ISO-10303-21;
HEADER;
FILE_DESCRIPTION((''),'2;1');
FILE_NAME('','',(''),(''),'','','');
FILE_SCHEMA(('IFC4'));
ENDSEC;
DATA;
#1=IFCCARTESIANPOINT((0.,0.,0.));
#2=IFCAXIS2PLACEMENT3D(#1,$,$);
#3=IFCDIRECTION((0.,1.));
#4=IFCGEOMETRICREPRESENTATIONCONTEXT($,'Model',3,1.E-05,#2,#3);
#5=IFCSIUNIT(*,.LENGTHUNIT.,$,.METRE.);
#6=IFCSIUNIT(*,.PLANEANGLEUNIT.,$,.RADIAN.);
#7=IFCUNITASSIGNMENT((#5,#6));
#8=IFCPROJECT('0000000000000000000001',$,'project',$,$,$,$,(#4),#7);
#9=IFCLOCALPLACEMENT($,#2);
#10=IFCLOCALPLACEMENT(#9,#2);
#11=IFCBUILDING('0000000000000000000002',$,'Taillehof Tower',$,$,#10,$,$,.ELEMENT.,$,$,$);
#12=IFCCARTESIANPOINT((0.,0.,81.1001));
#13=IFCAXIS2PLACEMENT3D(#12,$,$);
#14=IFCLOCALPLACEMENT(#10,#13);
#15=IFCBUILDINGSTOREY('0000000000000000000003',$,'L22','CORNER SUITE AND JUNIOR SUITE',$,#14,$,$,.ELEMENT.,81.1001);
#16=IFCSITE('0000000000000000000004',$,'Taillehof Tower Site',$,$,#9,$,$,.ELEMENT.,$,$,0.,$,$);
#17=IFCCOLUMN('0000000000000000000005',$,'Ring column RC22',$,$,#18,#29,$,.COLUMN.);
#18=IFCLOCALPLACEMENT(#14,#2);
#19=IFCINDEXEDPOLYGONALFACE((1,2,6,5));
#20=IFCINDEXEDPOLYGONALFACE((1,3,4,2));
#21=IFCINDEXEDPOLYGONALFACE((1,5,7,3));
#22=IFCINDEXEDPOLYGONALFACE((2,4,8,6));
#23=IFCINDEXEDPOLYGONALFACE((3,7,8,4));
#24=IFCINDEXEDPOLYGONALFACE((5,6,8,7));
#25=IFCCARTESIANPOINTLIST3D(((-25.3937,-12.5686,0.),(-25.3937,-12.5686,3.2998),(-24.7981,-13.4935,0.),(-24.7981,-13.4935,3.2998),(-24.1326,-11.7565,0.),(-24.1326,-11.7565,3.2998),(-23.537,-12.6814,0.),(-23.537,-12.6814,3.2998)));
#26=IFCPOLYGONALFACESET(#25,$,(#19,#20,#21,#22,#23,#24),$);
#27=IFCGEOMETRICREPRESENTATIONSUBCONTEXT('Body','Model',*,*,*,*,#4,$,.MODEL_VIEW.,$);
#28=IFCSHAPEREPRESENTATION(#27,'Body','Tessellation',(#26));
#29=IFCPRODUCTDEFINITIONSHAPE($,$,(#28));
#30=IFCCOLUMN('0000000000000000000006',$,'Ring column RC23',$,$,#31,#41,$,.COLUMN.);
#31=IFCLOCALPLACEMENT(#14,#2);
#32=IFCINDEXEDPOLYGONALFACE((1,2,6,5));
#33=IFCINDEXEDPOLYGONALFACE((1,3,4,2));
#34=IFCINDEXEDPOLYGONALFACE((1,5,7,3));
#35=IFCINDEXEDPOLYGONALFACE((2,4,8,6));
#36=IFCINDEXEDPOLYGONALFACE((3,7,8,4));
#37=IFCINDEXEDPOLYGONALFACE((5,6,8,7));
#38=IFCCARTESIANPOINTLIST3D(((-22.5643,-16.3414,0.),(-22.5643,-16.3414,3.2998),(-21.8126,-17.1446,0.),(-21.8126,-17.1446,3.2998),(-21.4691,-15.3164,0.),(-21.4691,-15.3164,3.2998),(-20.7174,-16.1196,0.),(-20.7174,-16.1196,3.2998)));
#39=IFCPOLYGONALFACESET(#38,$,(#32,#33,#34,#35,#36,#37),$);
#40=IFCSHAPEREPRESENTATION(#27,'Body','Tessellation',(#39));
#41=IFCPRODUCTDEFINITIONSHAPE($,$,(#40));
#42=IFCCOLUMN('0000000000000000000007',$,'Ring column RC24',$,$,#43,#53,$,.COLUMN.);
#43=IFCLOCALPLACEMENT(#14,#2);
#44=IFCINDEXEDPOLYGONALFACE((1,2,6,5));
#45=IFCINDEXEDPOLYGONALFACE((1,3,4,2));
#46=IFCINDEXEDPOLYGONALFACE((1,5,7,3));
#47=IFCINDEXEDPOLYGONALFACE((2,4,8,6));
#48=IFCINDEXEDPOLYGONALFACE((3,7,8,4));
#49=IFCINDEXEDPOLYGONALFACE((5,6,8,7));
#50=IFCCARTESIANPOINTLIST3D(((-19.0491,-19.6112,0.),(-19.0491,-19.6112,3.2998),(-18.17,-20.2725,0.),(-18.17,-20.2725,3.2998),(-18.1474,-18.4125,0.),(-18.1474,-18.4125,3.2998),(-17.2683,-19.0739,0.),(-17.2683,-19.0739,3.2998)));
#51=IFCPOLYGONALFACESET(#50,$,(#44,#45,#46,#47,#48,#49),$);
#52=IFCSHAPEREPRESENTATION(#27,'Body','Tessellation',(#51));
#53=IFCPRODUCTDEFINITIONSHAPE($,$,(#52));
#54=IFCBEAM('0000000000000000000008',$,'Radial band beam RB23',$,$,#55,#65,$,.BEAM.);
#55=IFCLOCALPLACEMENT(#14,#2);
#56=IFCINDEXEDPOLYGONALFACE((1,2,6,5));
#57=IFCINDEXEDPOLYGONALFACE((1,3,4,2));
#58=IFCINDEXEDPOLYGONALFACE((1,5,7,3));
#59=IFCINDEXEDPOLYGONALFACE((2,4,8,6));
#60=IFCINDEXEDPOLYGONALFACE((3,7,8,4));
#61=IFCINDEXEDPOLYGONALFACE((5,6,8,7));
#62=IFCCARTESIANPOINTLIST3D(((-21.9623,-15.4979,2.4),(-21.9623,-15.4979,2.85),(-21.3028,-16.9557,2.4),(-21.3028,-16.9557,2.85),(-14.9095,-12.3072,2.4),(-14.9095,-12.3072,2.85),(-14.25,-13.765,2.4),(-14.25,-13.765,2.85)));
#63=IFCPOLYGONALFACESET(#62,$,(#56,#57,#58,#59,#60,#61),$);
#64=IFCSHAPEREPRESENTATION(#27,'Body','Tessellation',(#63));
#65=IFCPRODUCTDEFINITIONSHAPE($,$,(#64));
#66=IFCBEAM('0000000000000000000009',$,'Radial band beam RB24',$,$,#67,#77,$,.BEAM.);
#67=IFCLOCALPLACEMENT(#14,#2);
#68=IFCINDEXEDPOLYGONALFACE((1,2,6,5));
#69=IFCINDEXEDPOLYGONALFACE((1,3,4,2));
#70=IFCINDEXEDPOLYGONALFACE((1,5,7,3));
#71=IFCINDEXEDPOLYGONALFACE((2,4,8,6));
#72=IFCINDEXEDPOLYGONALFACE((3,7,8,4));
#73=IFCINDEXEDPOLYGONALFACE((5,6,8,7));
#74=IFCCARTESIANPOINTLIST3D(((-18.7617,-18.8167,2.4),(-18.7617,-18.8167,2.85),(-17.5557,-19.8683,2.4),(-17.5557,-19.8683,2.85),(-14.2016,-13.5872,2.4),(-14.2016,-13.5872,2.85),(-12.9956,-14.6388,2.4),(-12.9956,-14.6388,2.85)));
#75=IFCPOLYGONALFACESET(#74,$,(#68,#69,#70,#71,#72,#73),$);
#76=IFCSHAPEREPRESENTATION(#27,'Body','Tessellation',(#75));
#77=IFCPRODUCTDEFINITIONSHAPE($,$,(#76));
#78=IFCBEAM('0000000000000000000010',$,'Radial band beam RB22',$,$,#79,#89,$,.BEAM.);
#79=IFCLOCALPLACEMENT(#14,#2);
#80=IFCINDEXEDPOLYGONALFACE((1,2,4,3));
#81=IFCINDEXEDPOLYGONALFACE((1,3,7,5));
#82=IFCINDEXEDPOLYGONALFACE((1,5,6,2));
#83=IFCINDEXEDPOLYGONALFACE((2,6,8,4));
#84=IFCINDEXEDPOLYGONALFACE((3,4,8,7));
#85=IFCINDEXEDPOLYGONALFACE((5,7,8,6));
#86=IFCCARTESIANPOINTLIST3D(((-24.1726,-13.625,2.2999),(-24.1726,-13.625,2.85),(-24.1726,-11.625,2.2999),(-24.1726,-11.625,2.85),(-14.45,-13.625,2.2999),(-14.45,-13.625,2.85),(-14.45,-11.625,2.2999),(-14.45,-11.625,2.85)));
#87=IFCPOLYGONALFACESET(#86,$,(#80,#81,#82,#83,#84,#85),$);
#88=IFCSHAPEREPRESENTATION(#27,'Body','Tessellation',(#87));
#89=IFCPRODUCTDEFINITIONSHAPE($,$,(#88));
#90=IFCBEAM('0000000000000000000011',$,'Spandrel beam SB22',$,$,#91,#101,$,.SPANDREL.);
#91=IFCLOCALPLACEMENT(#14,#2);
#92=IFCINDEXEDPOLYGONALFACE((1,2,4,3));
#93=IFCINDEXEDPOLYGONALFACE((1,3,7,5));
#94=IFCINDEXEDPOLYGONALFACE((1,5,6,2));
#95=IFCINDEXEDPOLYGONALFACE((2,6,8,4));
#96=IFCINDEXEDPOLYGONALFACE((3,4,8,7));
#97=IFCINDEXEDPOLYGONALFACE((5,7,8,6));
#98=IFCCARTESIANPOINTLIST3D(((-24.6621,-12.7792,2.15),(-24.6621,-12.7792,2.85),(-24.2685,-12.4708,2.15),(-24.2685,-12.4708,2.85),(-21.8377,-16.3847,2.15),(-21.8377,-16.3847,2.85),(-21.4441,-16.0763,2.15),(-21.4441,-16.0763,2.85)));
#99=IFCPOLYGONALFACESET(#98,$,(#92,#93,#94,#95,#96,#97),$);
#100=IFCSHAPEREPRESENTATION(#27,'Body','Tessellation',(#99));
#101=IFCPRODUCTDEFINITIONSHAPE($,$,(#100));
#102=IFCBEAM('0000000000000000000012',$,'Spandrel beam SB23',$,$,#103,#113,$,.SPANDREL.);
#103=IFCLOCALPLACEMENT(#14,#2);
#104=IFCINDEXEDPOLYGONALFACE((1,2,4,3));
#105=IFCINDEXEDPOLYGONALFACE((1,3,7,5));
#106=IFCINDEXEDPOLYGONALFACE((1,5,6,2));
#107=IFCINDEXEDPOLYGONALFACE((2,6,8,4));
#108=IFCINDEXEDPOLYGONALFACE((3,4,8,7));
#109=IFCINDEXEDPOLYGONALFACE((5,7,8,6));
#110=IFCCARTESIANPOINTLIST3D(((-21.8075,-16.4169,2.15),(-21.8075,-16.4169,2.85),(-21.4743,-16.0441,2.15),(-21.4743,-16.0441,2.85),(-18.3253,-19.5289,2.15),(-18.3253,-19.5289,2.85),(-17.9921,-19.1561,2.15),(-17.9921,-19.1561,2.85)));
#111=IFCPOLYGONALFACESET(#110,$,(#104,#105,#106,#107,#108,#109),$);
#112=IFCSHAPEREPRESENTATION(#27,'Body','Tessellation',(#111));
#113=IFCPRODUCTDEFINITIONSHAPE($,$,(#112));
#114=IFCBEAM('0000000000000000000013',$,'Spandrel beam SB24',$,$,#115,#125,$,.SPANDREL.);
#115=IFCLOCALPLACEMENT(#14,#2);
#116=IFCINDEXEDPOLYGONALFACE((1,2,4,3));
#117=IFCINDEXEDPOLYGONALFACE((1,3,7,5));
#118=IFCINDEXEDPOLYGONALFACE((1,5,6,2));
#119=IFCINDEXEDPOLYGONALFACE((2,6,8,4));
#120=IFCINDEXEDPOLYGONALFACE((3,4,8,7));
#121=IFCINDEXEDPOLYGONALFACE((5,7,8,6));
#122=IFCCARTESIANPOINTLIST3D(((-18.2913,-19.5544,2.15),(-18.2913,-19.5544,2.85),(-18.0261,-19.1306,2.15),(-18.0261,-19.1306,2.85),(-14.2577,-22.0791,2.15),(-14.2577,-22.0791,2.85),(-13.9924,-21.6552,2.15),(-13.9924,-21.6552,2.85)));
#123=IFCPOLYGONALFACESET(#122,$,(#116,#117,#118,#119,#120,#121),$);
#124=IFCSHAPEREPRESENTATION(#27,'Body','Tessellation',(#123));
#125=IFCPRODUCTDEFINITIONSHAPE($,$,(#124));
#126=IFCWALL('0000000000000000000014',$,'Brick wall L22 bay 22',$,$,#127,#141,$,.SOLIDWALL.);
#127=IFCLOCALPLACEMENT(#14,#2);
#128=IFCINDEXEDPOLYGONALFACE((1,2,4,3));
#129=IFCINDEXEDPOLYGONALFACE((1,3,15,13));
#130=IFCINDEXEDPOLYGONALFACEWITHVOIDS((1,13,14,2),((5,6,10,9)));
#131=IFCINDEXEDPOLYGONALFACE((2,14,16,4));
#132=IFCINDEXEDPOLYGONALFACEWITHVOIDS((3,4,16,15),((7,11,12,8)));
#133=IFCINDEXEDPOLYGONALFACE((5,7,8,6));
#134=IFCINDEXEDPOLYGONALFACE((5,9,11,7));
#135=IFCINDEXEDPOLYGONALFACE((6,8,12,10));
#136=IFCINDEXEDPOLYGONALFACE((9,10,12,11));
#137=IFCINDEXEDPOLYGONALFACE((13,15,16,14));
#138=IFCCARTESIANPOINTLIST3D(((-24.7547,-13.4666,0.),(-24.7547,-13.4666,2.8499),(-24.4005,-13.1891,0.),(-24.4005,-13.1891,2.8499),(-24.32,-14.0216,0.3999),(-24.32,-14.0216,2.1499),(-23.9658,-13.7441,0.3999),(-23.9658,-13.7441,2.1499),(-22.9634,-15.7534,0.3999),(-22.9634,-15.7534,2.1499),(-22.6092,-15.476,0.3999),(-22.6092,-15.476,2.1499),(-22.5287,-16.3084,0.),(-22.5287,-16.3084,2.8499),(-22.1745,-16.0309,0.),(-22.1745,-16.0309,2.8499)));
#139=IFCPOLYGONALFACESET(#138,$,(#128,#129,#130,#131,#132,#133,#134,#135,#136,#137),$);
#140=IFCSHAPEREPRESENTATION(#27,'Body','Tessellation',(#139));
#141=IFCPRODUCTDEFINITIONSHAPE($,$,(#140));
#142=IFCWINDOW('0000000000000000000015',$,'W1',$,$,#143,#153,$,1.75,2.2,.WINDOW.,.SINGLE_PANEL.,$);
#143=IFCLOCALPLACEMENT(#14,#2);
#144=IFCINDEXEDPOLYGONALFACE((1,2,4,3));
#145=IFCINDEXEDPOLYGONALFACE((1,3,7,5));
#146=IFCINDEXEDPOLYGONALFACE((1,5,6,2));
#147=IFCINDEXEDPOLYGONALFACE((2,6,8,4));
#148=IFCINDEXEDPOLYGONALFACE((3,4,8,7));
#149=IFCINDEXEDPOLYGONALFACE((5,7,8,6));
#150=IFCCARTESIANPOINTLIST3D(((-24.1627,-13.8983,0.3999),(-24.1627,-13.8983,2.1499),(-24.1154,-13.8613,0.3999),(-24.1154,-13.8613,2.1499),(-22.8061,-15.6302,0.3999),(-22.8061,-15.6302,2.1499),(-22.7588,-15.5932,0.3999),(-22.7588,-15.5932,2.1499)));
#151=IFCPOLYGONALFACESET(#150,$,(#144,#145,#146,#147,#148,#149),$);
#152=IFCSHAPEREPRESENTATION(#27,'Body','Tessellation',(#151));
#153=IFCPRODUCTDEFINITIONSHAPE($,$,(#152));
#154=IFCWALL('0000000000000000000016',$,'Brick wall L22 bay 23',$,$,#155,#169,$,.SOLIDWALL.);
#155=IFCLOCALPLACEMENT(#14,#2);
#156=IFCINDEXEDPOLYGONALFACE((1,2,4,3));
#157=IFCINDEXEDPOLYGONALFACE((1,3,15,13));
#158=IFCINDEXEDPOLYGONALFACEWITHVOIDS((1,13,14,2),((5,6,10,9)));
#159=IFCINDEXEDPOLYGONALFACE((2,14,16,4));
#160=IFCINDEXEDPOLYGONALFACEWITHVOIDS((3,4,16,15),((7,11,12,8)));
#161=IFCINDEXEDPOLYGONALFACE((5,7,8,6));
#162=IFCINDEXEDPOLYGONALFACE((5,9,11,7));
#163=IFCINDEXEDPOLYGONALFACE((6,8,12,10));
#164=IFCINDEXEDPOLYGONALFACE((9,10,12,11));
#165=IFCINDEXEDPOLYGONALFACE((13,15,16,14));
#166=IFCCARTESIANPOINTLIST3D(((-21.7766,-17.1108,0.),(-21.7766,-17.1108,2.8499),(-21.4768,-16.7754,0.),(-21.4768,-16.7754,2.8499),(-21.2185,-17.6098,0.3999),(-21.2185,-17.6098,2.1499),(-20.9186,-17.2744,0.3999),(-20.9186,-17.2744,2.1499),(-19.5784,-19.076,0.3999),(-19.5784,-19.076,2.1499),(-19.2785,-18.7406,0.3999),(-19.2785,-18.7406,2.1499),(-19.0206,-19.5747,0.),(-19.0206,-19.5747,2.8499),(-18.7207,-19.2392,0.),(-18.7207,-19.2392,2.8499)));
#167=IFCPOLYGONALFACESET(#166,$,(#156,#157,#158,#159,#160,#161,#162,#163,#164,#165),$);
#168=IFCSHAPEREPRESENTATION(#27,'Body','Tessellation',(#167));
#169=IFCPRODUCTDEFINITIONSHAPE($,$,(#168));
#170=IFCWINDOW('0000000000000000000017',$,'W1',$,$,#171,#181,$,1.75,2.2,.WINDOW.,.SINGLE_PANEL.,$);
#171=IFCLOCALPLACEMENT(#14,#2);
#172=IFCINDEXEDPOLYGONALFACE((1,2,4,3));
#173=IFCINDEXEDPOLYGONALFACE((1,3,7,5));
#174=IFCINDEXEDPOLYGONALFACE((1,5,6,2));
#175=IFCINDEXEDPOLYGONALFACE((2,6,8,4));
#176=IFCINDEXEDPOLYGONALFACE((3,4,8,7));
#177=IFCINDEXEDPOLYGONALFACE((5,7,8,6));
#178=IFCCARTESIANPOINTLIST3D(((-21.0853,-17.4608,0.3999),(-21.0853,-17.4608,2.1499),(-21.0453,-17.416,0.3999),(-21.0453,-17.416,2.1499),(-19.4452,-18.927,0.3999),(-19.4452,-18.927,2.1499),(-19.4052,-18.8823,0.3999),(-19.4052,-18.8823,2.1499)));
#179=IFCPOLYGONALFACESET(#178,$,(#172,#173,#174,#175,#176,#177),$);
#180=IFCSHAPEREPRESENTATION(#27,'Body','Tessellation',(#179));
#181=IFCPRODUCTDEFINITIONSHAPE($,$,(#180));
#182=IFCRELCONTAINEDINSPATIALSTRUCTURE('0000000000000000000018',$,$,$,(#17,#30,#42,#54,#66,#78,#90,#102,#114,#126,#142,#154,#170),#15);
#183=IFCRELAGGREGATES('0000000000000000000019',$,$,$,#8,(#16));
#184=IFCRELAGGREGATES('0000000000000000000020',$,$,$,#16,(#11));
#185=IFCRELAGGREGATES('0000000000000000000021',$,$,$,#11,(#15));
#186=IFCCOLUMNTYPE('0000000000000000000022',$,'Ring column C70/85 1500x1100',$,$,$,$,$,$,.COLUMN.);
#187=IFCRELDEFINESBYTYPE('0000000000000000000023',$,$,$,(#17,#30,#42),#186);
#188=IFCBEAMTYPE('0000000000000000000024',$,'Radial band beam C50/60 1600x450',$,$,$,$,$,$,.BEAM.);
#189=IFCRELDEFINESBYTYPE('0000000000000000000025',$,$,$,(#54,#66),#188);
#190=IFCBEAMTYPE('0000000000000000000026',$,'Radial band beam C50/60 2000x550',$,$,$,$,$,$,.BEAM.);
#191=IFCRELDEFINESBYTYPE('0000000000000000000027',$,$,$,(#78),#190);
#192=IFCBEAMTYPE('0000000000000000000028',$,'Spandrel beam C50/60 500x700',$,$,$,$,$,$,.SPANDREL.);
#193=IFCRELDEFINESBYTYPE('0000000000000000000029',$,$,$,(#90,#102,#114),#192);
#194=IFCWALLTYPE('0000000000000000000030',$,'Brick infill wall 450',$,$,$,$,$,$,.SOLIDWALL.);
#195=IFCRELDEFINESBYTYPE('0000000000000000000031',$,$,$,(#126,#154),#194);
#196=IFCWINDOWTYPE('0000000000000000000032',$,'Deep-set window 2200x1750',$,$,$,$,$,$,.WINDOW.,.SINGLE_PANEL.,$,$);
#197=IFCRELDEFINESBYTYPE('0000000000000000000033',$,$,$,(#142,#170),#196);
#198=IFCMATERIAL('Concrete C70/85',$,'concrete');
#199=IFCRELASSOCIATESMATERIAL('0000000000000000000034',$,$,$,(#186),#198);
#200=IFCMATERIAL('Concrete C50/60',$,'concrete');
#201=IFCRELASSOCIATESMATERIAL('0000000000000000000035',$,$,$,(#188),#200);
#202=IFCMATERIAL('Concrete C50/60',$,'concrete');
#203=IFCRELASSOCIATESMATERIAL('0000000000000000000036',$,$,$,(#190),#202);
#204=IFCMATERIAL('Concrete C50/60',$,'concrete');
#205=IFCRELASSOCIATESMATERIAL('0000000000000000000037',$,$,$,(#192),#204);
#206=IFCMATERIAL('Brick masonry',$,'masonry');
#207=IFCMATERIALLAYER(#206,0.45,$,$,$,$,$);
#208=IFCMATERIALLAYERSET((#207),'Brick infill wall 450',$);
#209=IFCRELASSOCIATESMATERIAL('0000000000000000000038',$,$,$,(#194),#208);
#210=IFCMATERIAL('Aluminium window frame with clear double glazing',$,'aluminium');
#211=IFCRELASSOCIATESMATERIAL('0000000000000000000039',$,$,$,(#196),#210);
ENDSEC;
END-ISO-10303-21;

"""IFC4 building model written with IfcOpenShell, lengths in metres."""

from ifc_helpers import new_model, si_unit, direction, frame, frame_2d, origin, origin_2d, place, context, subcontext, project, spatial, rectangle, extrude, material, layer, layer_set, material_profile, profile_set, type_object, element, fill, save


model = new_model("IFC4")

# Units and contexts
model_context = context("Model", 3, precision=1e-05, world=origin(), true_north=direction((0.0, 1.0)))
body_context = subcontext(model_context, "Body", "Model", "MODEL_VIEW")
ifc_project = project(units=[si_unit("LENGTHUNIT", "METRE"), si_unit("PLANEANGLEUNIT", "RADIAN")], contexts=[model_context])

# Site, building, storey
site_placement = place(None, origin())
site = spatial("IfcSite", under=ifc_project, at=site_placement, Name="Taillehof Tower Site", CompositionType="ELEMENT", RefElevation=0.0)
building_placement = place(site_placement, origin())
building = spatial("IfcBuilding", under=site, at=building_placement, Name="Taillehof Tower", CompositionType="ELEMENT")
storey_placement = place(building_placement, frame((0.0, 0.0, 81.1001)))
storey = spatial("IfcBuildingStorey", under=building, at=storey_placement, Name="L22", Description="CORNER SUITE AND JUNIOR SUITE", CompositionType="ELEMENT", Elevation=81.1001)

# Columns
ifc_material_1 = material(Name="Concrete C70/85", Category="concrete")
ifc_material_profile_1 = material_profile(ifc_material_1, rectangle(XDim=1.5, YDim=1.1001, at=origin_2d()), Name="RC 1500x1100")
ifc_profile_set_1 = profile_set([ifc_material_profile_1], Name="Concrete C70/85")
column_type = type_object("IfcColumnType", Name="Ring column C70/85 1500x1100", PredefinedType="COLUMN", material=ifc_profile_set_1)
for number, where, z_axis, x_axis, name in (
    (1, (-24.4653, -12.625, 0.0), (0.0, 0.0, 1.0), (-0.840754, -0.541418, 0.0), "Ring column RC22"),
    (2, (-21.6409, -16.2305, 0.0), (0.0, 0.0, 1.0), (-0.730113, -0.683326, 0.0), "Ring column RC23"),
    (3, (-18.1587, -19.3425, 0.0), (0.0, 0.0, 1.0), (-0.601174, -0.799118, 0.0), "Ring column RC24"),
):
    element("IfcColumn", number, at=place(storey_placement, frame(where, z_axis=z_axis, x_axis=x_axis)), inside=storey, type_object=column_type, Name=name, PredefinedType="COLUMN", context=body_context, shape_type="SweptSolid", body=[
        extrude(rectangle(XDim=1.5, YDim=1.1001, at=origin_2d()), origin(), (0.0, 0.0, 1.0), 3.2998),
    ])

# Beams
ifc_material_2 = material(Name="Concrete C50/60", Category="concrete")
ifc_material_profile_2 = material_profile(ifc_material_2, rectangle(XDim=1.6001, YDim=0.45, at=origin_2d()), Name="RC 1600x450")
ifc_profile_set_2 = profile_set([ifc_material_profile_2], Name="Concrete C50/60")
beam_type_1 = type_object("IfcBeamType", Name="Radial band beam C50/60 1600x450", PredefinedType="BEAM", material=ifc_profile_set_2)
beam_1_placement = place(storey_placement, frame((-21.6326, -16.2268, 2.625), z_axis=(0.911101, 0.412184, 0.0), x_axis=(-0.412184, 0.911101, 0.0)))
element("IfcBeam", 4, at=beam_1_placement, inside=storey, type_object=beam_type_1, Name="Radial band beam RB23", PredefinedType="BEAM", context=body_context, shape_type="SweptSolid", body=[
    extrude(rectangle(XDim=1.6001, YDim=0.45, at=origin_2d()), origin(), (0.0, 0.0, 1.0), 7.741),
])
beam_2_placement = place(storey_placement, frame((-18.1587, -19.3425, 2.625), z_axis=(0.657218, 0.7537, 0.0), x_axis=(-0.7537, 0.657218, 0.0)))
element("IfcBeam", 5, at=beam_2_placement, inside=storey, type_object=beam_type_1, Name="Radial band beam RB24", PredefinedType="BEAM", context=body_context, shape_type="SweptSolid", body=[
    extrude(rectangle(XDim=1.6001, YDim=0.45, at=origin_2d()), origin(), (0.0, 0.0, 1.0), 6.9385),
])
ifc_material_3 = material(Name="Concrete C50/60", Category="concrete")
ifc_material_profile_3 = material_profile(ifc_material_3, rectangle(XDim=2.0, YDim=0.55, at=origin_2d()), Name="RC 2000x550")
ifc_profile_set_3 = profile_set([ifc_material_profile_3], Name="Concrete C50/60")
beam_type_2 = type_object("IfcBeamType", Name="Radial band beam C50/60 2000x550", PredefinedType="BEAM", material=ifc_profile_set_3)
beam_3_placement = place(storey_placement, frame((-24.1726, -12.625, 2.575), z_axis=(1.0, 0.0, 0.0), x_axis=(0.0, 1.0, 0.0)))
element("IfcBeam", 6, at=beam_3_placement, inside=storey, type_object=beam_type_2, Name="Radial band beam RB22", PredefinedType="BEAM", context=body_context, shape_type="SweptSolid", body=[
    extrude(rectangle(XDim=2.0, YDim=0.55, at=origin_2d()), origin(), (0.0, 0.0, 1.0), 9.7227),
])
ifc_material_4 = material(Name="Concrete C50/60", Category="concrete")
ifc_material_profile_4 = material_profile(ifc_material_4, rectangle(XDim=0.5, YDim=0.7, at=origin_2d()), Name="RC 500x700")
ifc_profile_set_4 = profile_set([ifc_material_profile_4], Name="Concrete C50/60")
beam_type_3 = type_object("IfcBeamType", Name="Spandrel beam C50/60 500x700", PredefinedType="SPANDREL", material=ifc_profile_set_4)
beam_4_placement = place(storey_placement, frame((-24.4653, -12.625, 2.5), z_axis=(0.616686, -0.787209, 0.0), x_axis=(0.787209, 0.616686, 0.0)))
element("IfcBeam", 7, at=beam_4_placement, inside=storey, type_object=beam_type_3, Name="Spandrel beam SB22", PredefinedType="SPANDREL", context=body_context, shape_type="SweptSolid", body=[
    extrude(rectangle(XDim=0.5, YDim=0.7, at=origin_2d()), origin(), (0.0, 0.0, 1.0), 4.5801),
])
beam_5_placement = place(storey_placement, frame((-21.6409, -16.2305, 2.5), z_axis=(0.745621, -0.66637, 0.0), x_axis=(0.66637, 0.745621, 0.0)))
element("IfcBeam", 8, at=beam_5_placement, inside=storey, type_object=beam_type_3, Name="Spandrel beam SB23", PredefinedType="SPANDREL", context=body_context, shape_type="SweptSolid", body=[
    extrude(rectangle(XDim=0.5, YDim=0.7, at=origin_2d()), origin(), (0.0, 0.0, 1.0), 4.6702),
])
beam_6_placement = place(storey_placement, frame((-18.1587, -19.3425, 2.5), z_axis=(0.847658, -0.530543, 0.0), x_axis=(0.530543, 0.847658, 0.0)))
element("IfcBeam", 9, at=beam_6_placement, inside=storey, type_object=beam_type_3, Name="Spandrel beam SB24", PredefinedType="SPANDREL", context=body_context, shape_type="SweptSolid", body=[
    extrude(rectangle(XDim=0.5, YDim=0.7, at=origin_2d()), origin(), (0.0, 0.0, 1.0), 4.7585),
])

# Walls, openings, windows
ifc_material_5 = material(Name="Brick masonry", Category="masonry")
ifc_layer_1 = layer(ifc_material_5, 0.45)
ifc_layer_set_1 = layer_set([ifc_layer_1], Name="Brick infill wall 450")
wall_type_1 = type_object("IfcWallType", Name="Brick infill wall 450", PredefinedType="SOLIDWALL", material=ifc_layer_set_1)
wall_1_placement = place(storey_placement, frame((-24.5776, -13.3279, 0.0), z_axis=(0.0, 0.0, 1.0), x_axis=(0.616662, -0.787228, 0.0)))
wall_1 = element("IfcWall", 10, at=wall_1_placement, inside=storey, type_object=wall_type_1, Name="Brick wall L22 bay 22", PredefinedType="SOLIDWALL", context=body_context, shape_type="SweptSolid", body=[
    extrude(rectangle(XDim=3.6099, YDim=0.45, at=frame_2d((1.8049, 0.0))), origin(), (0.0, 0.0, 1.0), 2.8499),
])
opening_1_placement = place(wall_1_placement, frame((0.7048, 0.0, 0.3999)))
opening_1 = element("IfcOpeningElement", 11, at=opening_1_placement, cuts=wall_1, PredefinedType="OPENING", context=body_context, shape_type="SweptSolid", body=[
    extrude(rectangle(XDim=2.2, YDim=1.75, at=frame_2d((1.1001, 0.875))), frame((0.0, 0.2349, 0.0), z_axis=(0.0, -1.0, 0.0), x_axis=(1.0, 0.0, 0.0)), (0.0, 0.0, 1.0), 0.47),
])
ifc_material_6 = material(Name="Aluminium window frame with clear double glazing", Category="aluminium")
window_type_1 = type_object("IfcWindowType", Name="Deep-set window 2200x1750", PartitioningType="SINGLE_PANEL", PredefinedType="WINDOW", material=ifc_material_6)
window_1_placement = place(opening_1_placement, origin())
window_1 = element("IfcWindow", 12, at=window_1_placement, inside=storey, type_object=window_type_1, Name="W1", OverallHeight=1.75, OverallWidth=2.2, PartitioningType="SINGLE_PANEL", PredefinedType="WINDOW", context=body_context, shape_type="SweptSolid", body=[
    extrude(rectangle(XDim=2.2, YDim=1.75, at=frame_2d((1.1001, 0.875))), frame((0.0, 0.0349, 0.0), z_axis=(0.0, -1.0, 0.0), x_axis=(1.0, 0.0, 0.0)), (0.0, 0.0, 1.0), 0.0601),
])
fill(opening_1, window_1)
wall_2_placement = place(storey_placement, frame((-21.6267, -16.9431, 0.0), z_axis=(0.0, 0.0, 1.0), x_axis=(0.745526, -0.666476, 0.0)))
wall_2 = element("IfcWall", 13, at=wall_2_placement, inside=storey, type_object=wall_type_1, Name="Brick wall L22 bay 23", PredefinedType="SOLIDWALL", context=body_context, shape_type="SweptSolid", body=[
    extrude(rectangle(XDim=3.6968, YDim=0.45, at=frame_2d((1.8484, 0.0))), origin(), (0.0, 0.0, 1.0), 2.8499),
])
opening_2_placement = place(wall_2_placement, frame((0.7485, 0.0, 0.3999)))
opening_2 = element("IfcOpeningElement", 14, at=opening_2_placement, cuts=wall_2, PredefinedType="OPENING", context=body_context, shape_type="SweptSolid", body=[
    extrude(rectangle(XDim=2.2, YDim=1.75, at=frame_2d((1.1001, 0.875))), frame((0.0, 0.2349, 0.0), z_axis=(0.0, -1.0, 0.0), x_axis=(1.0, 0.0, 0.0)), (0.0, 0.0, 1.0), 0.47),
])
window_2_placement = place(opening_2_placement, origin())
window_2 = element("IfcWindow", 15, at=window_2_placement, inside=storey, type_object=window_type_1, Name="W1", OverallHeight=1.75, OverallWidth=2.2, PartitioningType="SINGLE_PANEL", PredefinedType="WINDOW", context=body_context, shape_type="SweptSolid", body=[
    extrude(rectangle(XDim=2.2, YDim=1.75, at=frame_2d((1.1001, 0.875))), frame((0.0, 0.0349, 0.0), z_axis=(0.0, -1.0, 0.0), x_axis=(1.0, 0.0, 0.0)), (0.0, 0.0, 1.0), 0.0601),
])
fill(opening_2, window_2)

save(model, "model.ifc")
